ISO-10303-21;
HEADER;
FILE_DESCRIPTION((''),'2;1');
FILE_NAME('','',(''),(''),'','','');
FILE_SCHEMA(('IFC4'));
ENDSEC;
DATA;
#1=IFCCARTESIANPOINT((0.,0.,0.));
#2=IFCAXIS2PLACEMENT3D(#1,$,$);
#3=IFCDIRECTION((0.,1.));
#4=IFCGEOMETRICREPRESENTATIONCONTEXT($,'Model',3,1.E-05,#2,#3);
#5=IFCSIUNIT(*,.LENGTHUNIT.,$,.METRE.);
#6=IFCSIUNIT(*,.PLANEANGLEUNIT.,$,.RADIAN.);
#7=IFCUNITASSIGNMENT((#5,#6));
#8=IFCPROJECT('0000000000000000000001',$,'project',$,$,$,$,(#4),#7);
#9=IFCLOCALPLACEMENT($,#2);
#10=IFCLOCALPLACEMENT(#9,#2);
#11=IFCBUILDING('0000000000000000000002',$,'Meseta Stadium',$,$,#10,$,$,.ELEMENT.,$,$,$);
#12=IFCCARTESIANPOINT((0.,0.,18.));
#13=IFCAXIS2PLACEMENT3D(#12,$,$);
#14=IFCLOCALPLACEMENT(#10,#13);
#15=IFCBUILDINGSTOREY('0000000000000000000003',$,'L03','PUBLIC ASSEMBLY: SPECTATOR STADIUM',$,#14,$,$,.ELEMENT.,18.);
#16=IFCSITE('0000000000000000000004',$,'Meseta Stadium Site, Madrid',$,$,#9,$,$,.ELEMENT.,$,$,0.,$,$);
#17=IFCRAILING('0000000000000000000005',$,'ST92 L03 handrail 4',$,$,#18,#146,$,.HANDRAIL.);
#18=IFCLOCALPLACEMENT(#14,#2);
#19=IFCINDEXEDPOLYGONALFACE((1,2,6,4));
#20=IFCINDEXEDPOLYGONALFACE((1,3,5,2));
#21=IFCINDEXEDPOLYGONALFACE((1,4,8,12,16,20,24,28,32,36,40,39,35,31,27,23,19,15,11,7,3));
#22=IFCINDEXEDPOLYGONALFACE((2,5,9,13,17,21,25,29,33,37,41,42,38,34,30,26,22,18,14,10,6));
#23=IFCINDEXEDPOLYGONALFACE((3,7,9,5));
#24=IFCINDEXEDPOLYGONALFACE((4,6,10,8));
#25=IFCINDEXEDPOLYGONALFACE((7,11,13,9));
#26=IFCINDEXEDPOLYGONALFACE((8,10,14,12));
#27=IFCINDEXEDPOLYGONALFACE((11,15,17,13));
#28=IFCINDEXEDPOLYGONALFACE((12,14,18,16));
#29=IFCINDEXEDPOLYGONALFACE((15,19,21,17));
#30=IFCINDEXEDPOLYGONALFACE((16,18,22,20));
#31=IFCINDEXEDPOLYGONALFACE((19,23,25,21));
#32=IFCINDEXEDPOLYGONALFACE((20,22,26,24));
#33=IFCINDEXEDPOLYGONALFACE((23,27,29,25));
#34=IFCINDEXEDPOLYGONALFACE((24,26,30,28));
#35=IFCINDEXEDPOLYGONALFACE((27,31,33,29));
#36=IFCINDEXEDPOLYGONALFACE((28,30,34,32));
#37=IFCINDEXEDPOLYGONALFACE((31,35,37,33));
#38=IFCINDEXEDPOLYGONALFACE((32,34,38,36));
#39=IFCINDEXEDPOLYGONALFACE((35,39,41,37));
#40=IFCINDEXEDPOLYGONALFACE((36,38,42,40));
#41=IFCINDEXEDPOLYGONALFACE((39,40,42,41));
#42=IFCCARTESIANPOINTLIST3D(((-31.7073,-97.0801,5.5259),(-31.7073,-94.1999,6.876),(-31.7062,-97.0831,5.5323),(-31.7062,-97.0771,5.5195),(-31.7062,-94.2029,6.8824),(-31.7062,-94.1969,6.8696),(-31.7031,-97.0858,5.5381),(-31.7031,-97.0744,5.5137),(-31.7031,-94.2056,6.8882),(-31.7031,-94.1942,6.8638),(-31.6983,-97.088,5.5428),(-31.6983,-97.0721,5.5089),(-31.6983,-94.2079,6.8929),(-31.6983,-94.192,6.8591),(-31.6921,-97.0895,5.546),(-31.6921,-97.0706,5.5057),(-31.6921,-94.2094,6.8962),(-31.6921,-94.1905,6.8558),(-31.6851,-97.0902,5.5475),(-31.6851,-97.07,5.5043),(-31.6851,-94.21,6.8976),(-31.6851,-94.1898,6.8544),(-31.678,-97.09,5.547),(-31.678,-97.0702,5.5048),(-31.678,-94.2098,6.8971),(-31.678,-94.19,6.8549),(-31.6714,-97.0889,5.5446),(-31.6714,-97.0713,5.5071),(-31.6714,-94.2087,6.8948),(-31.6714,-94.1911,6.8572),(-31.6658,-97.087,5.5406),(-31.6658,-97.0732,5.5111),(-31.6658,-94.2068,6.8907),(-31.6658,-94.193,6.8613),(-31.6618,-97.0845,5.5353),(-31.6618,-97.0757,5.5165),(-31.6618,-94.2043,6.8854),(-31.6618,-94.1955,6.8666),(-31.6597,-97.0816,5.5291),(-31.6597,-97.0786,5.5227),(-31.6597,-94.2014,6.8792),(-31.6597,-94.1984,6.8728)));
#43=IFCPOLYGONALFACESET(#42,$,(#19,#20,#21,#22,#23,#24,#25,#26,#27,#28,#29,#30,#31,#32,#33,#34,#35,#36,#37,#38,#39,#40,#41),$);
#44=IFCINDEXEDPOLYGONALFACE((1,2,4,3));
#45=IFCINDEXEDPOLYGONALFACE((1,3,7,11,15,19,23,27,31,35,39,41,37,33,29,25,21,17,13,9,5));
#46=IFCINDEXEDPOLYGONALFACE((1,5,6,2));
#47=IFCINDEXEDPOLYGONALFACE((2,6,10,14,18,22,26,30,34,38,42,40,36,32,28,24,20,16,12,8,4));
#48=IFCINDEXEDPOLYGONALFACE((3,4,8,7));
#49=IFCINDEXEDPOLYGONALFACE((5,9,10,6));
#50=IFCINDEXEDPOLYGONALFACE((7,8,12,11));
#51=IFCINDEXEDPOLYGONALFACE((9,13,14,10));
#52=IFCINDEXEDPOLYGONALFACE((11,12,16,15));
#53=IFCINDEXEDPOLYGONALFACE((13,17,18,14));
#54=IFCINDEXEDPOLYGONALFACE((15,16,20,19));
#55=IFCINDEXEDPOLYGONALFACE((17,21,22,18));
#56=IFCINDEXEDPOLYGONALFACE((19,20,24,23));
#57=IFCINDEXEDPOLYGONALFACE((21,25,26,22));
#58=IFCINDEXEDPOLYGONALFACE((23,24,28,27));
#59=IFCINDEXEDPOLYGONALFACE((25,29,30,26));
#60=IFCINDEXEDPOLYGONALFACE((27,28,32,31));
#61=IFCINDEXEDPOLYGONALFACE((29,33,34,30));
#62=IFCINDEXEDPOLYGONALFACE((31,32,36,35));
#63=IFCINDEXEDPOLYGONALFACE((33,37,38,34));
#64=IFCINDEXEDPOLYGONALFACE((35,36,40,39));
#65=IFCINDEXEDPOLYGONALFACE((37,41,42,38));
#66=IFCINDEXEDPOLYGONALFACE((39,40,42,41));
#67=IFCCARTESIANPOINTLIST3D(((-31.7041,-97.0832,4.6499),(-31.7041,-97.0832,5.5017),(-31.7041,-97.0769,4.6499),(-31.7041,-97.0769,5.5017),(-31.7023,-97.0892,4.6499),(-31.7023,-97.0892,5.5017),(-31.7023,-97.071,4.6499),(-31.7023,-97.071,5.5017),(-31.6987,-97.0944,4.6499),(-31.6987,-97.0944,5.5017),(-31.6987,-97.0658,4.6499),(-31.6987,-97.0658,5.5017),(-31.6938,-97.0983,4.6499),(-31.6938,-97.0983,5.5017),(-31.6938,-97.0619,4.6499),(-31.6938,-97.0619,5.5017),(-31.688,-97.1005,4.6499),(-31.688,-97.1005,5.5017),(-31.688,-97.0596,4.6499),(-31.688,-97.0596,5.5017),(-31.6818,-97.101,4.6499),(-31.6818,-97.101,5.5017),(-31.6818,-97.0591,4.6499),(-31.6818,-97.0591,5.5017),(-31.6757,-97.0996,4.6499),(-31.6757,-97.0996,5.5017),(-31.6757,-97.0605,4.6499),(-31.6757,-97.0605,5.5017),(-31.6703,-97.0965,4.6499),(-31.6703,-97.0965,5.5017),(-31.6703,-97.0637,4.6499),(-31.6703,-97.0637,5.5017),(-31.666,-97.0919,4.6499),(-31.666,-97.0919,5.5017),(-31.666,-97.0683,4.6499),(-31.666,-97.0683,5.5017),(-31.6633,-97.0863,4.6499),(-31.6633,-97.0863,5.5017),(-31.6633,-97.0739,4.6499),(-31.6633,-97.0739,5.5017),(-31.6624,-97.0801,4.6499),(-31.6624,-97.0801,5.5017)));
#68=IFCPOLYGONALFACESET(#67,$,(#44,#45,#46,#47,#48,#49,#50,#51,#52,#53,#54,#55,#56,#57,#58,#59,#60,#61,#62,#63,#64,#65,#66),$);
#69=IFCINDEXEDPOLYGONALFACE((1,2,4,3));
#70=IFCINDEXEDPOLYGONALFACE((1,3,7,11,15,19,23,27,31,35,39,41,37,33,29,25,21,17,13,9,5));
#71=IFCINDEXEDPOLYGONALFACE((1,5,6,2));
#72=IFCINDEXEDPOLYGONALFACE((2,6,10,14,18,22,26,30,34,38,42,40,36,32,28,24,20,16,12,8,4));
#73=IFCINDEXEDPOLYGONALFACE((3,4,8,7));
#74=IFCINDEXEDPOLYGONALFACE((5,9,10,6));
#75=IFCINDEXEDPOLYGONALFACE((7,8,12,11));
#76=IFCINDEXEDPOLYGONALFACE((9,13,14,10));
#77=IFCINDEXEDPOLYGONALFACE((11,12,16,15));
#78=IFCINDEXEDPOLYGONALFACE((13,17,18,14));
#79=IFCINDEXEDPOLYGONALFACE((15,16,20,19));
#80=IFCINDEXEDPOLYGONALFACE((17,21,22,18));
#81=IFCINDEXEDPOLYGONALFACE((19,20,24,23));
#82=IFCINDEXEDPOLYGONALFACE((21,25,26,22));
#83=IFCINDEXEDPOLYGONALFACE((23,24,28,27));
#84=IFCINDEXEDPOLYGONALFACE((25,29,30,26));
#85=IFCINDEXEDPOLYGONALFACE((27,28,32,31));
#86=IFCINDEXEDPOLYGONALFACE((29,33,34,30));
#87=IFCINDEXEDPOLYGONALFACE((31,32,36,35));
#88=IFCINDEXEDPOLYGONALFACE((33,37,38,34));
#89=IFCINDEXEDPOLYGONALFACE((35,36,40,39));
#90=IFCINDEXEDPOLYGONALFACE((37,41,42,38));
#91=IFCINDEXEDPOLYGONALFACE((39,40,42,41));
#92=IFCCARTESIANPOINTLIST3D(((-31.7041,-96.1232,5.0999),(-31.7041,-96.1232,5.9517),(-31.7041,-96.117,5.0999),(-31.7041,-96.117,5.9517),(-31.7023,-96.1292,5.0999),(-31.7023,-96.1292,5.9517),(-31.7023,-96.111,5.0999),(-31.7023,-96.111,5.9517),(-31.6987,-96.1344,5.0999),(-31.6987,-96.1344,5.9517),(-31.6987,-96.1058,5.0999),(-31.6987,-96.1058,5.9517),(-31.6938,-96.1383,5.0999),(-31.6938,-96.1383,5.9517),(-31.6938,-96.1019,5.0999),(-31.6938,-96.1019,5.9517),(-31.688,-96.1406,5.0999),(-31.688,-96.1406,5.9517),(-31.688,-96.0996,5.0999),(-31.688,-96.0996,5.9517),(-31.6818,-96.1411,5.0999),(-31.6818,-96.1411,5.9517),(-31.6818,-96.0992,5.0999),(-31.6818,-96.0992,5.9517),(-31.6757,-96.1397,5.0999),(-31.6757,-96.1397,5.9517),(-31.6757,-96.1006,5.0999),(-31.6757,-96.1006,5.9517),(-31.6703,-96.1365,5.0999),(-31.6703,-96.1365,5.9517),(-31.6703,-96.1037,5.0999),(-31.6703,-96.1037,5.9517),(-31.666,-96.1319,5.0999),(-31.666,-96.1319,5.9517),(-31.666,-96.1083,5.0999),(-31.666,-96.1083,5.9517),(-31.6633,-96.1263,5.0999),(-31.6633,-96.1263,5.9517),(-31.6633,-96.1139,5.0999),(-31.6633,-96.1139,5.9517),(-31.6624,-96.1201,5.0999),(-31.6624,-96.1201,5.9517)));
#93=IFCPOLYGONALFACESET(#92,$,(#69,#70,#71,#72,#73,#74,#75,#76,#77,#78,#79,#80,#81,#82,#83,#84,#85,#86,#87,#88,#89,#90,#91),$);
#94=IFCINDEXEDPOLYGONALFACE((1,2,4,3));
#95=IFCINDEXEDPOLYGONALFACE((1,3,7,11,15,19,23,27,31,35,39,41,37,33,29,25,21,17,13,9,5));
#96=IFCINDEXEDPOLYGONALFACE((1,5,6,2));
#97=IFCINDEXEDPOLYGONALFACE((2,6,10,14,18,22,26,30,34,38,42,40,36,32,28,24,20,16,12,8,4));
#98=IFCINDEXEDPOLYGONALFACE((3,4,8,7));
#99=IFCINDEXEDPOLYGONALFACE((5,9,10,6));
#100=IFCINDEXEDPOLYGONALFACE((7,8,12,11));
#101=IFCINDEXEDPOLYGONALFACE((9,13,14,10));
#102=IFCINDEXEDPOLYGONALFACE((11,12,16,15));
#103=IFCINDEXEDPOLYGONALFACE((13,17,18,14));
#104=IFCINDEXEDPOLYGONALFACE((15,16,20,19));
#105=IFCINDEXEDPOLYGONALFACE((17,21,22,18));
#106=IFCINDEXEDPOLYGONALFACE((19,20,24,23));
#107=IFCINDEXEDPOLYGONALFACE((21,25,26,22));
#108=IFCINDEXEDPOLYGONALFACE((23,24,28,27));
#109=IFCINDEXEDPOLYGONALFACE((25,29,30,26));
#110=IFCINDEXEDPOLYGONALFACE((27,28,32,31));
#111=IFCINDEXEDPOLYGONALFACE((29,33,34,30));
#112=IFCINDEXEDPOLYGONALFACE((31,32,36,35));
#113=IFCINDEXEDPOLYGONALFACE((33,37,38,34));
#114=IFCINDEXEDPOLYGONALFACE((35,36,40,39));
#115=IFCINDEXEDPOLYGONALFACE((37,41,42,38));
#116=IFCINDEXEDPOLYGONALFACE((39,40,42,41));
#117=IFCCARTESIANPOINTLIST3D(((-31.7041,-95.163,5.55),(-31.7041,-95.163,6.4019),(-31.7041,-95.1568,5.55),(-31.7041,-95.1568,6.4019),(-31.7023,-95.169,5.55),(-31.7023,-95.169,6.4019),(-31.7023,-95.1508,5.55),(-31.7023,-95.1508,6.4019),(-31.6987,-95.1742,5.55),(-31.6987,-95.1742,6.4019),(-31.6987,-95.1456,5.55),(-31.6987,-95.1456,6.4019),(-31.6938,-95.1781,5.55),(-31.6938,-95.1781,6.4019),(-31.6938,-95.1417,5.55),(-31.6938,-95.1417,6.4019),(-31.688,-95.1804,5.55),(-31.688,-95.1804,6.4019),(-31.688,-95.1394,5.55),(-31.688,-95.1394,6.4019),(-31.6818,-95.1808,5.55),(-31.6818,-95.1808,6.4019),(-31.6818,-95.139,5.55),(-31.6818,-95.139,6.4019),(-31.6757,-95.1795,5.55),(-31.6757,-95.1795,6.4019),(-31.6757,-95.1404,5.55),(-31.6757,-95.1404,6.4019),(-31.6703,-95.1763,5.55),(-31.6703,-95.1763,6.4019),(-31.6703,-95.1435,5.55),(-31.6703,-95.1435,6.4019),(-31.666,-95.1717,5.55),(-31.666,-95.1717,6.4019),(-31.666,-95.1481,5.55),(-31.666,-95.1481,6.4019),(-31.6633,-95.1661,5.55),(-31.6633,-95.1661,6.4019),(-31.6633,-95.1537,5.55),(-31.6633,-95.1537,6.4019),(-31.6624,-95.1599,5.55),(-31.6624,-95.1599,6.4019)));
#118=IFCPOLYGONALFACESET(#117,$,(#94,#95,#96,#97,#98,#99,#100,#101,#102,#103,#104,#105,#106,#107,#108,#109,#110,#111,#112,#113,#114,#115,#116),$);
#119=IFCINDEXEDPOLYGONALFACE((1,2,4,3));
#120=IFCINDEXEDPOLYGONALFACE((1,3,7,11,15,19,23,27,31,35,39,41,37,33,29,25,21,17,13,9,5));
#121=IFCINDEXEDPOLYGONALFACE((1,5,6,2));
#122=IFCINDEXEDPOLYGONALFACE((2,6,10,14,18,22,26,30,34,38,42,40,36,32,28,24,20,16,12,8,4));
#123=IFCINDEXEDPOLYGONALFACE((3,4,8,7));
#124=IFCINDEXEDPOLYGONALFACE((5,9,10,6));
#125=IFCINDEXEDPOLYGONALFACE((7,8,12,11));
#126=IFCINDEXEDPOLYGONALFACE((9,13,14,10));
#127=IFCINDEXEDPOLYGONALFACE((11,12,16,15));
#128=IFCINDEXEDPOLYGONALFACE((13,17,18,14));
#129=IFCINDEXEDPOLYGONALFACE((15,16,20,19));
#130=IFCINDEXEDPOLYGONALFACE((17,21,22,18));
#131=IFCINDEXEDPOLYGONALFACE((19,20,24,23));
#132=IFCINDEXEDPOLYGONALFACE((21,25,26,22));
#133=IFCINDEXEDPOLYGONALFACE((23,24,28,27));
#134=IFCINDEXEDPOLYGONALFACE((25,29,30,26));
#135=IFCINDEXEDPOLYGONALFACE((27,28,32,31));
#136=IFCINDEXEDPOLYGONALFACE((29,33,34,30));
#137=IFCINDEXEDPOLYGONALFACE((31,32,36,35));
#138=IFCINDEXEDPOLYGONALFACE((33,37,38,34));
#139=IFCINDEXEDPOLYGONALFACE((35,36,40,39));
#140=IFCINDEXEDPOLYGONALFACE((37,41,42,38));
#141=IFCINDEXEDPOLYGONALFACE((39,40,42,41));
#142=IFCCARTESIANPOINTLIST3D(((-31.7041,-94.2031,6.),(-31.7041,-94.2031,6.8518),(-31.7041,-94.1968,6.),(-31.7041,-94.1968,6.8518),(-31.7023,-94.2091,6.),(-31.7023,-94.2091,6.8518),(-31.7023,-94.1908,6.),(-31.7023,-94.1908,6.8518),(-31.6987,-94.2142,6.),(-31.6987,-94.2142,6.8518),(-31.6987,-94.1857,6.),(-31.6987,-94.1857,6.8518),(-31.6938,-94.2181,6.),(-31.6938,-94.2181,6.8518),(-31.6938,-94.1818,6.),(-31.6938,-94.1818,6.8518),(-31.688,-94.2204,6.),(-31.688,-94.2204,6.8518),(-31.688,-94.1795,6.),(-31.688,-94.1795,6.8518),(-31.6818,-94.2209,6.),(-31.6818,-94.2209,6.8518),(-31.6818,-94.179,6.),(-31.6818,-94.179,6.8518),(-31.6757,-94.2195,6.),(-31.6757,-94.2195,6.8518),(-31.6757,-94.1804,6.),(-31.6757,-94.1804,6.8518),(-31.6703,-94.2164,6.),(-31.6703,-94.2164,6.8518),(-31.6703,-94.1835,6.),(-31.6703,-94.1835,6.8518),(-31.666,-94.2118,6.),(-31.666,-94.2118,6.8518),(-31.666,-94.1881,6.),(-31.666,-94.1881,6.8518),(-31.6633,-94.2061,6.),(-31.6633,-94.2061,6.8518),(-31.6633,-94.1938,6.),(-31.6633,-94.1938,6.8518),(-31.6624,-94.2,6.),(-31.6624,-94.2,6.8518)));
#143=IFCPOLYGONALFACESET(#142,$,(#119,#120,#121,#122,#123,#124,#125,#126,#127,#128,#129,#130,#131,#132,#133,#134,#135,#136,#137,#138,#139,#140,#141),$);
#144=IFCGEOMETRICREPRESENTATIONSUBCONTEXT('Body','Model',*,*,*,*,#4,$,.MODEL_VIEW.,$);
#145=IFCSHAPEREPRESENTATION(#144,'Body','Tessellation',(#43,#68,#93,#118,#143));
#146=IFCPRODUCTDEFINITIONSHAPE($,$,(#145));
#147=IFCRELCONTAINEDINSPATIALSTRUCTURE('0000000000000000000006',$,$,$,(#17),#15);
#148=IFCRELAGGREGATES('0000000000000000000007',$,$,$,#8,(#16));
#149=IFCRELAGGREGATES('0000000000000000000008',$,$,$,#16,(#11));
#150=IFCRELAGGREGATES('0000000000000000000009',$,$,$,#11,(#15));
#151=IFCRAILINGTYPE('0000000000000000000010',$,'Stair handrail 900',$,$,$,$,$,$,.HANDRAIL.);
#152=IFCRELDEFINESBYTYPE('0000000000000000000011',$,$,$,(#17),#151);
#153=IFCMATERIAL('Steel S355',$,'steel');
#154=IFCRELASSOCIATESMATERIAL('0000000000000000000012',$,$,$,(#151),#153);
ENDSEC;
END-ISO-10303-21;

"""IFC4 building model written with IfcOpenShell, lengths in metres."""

from ifc_helpers import new_model, si_unit, direction, frame, origin, origin_2d, place, context, subcontext, project, spatial, circle, extrude, material, type_object, element, save


model = new_model("IFC4")

# Units and contexts
model_context = context("Model", 3, precision=1e-05, world=origin(), true_north=direction((0.0, 1.0)))
body_context = subcontext(model_context, "Body", "Model", "MODEL_VIEW")
ifc_project = project(units=[si_unit("LENGTHUNIT", "METRE"), si_unit("PLANEANGLEUNIT", "RADIAN")], contexts=[model_context])

# Site, building, storey
site_placement = place(None, origin())
site = spatial("IfcSite", under=ifc_project, at=site_placement, Name="Meseta Stadium Site, Madrid", CompositionType="ELEMENT", RefElevation=0.0)
building_placement = place(site_placement, origin())
building = spatial("IfcBuilding", under=site, at=building_placement, Name="Meseta Stadium", CompositionType="ELEMENT")
storey_placement = place(building_placement, frame((0.0, 0.0, 18.0)))
storey = spatial("IfcBuildingStorey", under=building, at=storey_placement, Name="L03", Description="PUBLIC ASSEMBLY: SPECTATOR STADIUM", CompositionType="ELEMENT", Elevation=18.0)

# Railing
ifc_material_1 = material(Name="Steel S355", Category="steel")
railing_type_1 = type_object("IfcRailingType", Name="Stair handrail 900", PredefinedType="HANDRAIL", material=ifc_material_1)
for number, where, name in (
    (1, (-31.6833, -97.0801, 4.6499), "ST92 L03 handrail 4"),
):
    element("IfcRailing", number, at=place(storey_placement, frame(where)), inside=storey, type_object=railing_type_1, Name=name, PredefinedType="HANDRAIL", context=body_context, shape_type="SweptSolid", body=[
        extrude(circle(Radius=0.0239, at=origin_2d()), frame((0.0, 0.0, 0.876), z_axis=(0.0, 0.905454, 0.424444), x_axis=(-1.0, 0.0, 0.0)), (0.0, 0.0, 1.0), 3.1809),
        extrude(circle(Radius=0.021, at=origin_2d()), origin(), (0.0, 0.0, 1.0), 0.8518),
        extrude(circle(Radius=0.021, at=origin_2d()), frame((0.0, 0.96, 0.45)), (0.0, 0.0, 1.0), 0.8518),
        extrude(circle(Radius=0.021, at=origin_2d()), frame((0.0, 1.9202, 0.9001)), (0.0, 0.0, 1.0), 0.8518),
        extrude(circle(Radius=0.021, at=origin_2d()), frame((0.0, 2.8801, 1.3501)), (0.0, 0.0, 1.0), 0.8518),
    ])

save(model, "model.ifc")
